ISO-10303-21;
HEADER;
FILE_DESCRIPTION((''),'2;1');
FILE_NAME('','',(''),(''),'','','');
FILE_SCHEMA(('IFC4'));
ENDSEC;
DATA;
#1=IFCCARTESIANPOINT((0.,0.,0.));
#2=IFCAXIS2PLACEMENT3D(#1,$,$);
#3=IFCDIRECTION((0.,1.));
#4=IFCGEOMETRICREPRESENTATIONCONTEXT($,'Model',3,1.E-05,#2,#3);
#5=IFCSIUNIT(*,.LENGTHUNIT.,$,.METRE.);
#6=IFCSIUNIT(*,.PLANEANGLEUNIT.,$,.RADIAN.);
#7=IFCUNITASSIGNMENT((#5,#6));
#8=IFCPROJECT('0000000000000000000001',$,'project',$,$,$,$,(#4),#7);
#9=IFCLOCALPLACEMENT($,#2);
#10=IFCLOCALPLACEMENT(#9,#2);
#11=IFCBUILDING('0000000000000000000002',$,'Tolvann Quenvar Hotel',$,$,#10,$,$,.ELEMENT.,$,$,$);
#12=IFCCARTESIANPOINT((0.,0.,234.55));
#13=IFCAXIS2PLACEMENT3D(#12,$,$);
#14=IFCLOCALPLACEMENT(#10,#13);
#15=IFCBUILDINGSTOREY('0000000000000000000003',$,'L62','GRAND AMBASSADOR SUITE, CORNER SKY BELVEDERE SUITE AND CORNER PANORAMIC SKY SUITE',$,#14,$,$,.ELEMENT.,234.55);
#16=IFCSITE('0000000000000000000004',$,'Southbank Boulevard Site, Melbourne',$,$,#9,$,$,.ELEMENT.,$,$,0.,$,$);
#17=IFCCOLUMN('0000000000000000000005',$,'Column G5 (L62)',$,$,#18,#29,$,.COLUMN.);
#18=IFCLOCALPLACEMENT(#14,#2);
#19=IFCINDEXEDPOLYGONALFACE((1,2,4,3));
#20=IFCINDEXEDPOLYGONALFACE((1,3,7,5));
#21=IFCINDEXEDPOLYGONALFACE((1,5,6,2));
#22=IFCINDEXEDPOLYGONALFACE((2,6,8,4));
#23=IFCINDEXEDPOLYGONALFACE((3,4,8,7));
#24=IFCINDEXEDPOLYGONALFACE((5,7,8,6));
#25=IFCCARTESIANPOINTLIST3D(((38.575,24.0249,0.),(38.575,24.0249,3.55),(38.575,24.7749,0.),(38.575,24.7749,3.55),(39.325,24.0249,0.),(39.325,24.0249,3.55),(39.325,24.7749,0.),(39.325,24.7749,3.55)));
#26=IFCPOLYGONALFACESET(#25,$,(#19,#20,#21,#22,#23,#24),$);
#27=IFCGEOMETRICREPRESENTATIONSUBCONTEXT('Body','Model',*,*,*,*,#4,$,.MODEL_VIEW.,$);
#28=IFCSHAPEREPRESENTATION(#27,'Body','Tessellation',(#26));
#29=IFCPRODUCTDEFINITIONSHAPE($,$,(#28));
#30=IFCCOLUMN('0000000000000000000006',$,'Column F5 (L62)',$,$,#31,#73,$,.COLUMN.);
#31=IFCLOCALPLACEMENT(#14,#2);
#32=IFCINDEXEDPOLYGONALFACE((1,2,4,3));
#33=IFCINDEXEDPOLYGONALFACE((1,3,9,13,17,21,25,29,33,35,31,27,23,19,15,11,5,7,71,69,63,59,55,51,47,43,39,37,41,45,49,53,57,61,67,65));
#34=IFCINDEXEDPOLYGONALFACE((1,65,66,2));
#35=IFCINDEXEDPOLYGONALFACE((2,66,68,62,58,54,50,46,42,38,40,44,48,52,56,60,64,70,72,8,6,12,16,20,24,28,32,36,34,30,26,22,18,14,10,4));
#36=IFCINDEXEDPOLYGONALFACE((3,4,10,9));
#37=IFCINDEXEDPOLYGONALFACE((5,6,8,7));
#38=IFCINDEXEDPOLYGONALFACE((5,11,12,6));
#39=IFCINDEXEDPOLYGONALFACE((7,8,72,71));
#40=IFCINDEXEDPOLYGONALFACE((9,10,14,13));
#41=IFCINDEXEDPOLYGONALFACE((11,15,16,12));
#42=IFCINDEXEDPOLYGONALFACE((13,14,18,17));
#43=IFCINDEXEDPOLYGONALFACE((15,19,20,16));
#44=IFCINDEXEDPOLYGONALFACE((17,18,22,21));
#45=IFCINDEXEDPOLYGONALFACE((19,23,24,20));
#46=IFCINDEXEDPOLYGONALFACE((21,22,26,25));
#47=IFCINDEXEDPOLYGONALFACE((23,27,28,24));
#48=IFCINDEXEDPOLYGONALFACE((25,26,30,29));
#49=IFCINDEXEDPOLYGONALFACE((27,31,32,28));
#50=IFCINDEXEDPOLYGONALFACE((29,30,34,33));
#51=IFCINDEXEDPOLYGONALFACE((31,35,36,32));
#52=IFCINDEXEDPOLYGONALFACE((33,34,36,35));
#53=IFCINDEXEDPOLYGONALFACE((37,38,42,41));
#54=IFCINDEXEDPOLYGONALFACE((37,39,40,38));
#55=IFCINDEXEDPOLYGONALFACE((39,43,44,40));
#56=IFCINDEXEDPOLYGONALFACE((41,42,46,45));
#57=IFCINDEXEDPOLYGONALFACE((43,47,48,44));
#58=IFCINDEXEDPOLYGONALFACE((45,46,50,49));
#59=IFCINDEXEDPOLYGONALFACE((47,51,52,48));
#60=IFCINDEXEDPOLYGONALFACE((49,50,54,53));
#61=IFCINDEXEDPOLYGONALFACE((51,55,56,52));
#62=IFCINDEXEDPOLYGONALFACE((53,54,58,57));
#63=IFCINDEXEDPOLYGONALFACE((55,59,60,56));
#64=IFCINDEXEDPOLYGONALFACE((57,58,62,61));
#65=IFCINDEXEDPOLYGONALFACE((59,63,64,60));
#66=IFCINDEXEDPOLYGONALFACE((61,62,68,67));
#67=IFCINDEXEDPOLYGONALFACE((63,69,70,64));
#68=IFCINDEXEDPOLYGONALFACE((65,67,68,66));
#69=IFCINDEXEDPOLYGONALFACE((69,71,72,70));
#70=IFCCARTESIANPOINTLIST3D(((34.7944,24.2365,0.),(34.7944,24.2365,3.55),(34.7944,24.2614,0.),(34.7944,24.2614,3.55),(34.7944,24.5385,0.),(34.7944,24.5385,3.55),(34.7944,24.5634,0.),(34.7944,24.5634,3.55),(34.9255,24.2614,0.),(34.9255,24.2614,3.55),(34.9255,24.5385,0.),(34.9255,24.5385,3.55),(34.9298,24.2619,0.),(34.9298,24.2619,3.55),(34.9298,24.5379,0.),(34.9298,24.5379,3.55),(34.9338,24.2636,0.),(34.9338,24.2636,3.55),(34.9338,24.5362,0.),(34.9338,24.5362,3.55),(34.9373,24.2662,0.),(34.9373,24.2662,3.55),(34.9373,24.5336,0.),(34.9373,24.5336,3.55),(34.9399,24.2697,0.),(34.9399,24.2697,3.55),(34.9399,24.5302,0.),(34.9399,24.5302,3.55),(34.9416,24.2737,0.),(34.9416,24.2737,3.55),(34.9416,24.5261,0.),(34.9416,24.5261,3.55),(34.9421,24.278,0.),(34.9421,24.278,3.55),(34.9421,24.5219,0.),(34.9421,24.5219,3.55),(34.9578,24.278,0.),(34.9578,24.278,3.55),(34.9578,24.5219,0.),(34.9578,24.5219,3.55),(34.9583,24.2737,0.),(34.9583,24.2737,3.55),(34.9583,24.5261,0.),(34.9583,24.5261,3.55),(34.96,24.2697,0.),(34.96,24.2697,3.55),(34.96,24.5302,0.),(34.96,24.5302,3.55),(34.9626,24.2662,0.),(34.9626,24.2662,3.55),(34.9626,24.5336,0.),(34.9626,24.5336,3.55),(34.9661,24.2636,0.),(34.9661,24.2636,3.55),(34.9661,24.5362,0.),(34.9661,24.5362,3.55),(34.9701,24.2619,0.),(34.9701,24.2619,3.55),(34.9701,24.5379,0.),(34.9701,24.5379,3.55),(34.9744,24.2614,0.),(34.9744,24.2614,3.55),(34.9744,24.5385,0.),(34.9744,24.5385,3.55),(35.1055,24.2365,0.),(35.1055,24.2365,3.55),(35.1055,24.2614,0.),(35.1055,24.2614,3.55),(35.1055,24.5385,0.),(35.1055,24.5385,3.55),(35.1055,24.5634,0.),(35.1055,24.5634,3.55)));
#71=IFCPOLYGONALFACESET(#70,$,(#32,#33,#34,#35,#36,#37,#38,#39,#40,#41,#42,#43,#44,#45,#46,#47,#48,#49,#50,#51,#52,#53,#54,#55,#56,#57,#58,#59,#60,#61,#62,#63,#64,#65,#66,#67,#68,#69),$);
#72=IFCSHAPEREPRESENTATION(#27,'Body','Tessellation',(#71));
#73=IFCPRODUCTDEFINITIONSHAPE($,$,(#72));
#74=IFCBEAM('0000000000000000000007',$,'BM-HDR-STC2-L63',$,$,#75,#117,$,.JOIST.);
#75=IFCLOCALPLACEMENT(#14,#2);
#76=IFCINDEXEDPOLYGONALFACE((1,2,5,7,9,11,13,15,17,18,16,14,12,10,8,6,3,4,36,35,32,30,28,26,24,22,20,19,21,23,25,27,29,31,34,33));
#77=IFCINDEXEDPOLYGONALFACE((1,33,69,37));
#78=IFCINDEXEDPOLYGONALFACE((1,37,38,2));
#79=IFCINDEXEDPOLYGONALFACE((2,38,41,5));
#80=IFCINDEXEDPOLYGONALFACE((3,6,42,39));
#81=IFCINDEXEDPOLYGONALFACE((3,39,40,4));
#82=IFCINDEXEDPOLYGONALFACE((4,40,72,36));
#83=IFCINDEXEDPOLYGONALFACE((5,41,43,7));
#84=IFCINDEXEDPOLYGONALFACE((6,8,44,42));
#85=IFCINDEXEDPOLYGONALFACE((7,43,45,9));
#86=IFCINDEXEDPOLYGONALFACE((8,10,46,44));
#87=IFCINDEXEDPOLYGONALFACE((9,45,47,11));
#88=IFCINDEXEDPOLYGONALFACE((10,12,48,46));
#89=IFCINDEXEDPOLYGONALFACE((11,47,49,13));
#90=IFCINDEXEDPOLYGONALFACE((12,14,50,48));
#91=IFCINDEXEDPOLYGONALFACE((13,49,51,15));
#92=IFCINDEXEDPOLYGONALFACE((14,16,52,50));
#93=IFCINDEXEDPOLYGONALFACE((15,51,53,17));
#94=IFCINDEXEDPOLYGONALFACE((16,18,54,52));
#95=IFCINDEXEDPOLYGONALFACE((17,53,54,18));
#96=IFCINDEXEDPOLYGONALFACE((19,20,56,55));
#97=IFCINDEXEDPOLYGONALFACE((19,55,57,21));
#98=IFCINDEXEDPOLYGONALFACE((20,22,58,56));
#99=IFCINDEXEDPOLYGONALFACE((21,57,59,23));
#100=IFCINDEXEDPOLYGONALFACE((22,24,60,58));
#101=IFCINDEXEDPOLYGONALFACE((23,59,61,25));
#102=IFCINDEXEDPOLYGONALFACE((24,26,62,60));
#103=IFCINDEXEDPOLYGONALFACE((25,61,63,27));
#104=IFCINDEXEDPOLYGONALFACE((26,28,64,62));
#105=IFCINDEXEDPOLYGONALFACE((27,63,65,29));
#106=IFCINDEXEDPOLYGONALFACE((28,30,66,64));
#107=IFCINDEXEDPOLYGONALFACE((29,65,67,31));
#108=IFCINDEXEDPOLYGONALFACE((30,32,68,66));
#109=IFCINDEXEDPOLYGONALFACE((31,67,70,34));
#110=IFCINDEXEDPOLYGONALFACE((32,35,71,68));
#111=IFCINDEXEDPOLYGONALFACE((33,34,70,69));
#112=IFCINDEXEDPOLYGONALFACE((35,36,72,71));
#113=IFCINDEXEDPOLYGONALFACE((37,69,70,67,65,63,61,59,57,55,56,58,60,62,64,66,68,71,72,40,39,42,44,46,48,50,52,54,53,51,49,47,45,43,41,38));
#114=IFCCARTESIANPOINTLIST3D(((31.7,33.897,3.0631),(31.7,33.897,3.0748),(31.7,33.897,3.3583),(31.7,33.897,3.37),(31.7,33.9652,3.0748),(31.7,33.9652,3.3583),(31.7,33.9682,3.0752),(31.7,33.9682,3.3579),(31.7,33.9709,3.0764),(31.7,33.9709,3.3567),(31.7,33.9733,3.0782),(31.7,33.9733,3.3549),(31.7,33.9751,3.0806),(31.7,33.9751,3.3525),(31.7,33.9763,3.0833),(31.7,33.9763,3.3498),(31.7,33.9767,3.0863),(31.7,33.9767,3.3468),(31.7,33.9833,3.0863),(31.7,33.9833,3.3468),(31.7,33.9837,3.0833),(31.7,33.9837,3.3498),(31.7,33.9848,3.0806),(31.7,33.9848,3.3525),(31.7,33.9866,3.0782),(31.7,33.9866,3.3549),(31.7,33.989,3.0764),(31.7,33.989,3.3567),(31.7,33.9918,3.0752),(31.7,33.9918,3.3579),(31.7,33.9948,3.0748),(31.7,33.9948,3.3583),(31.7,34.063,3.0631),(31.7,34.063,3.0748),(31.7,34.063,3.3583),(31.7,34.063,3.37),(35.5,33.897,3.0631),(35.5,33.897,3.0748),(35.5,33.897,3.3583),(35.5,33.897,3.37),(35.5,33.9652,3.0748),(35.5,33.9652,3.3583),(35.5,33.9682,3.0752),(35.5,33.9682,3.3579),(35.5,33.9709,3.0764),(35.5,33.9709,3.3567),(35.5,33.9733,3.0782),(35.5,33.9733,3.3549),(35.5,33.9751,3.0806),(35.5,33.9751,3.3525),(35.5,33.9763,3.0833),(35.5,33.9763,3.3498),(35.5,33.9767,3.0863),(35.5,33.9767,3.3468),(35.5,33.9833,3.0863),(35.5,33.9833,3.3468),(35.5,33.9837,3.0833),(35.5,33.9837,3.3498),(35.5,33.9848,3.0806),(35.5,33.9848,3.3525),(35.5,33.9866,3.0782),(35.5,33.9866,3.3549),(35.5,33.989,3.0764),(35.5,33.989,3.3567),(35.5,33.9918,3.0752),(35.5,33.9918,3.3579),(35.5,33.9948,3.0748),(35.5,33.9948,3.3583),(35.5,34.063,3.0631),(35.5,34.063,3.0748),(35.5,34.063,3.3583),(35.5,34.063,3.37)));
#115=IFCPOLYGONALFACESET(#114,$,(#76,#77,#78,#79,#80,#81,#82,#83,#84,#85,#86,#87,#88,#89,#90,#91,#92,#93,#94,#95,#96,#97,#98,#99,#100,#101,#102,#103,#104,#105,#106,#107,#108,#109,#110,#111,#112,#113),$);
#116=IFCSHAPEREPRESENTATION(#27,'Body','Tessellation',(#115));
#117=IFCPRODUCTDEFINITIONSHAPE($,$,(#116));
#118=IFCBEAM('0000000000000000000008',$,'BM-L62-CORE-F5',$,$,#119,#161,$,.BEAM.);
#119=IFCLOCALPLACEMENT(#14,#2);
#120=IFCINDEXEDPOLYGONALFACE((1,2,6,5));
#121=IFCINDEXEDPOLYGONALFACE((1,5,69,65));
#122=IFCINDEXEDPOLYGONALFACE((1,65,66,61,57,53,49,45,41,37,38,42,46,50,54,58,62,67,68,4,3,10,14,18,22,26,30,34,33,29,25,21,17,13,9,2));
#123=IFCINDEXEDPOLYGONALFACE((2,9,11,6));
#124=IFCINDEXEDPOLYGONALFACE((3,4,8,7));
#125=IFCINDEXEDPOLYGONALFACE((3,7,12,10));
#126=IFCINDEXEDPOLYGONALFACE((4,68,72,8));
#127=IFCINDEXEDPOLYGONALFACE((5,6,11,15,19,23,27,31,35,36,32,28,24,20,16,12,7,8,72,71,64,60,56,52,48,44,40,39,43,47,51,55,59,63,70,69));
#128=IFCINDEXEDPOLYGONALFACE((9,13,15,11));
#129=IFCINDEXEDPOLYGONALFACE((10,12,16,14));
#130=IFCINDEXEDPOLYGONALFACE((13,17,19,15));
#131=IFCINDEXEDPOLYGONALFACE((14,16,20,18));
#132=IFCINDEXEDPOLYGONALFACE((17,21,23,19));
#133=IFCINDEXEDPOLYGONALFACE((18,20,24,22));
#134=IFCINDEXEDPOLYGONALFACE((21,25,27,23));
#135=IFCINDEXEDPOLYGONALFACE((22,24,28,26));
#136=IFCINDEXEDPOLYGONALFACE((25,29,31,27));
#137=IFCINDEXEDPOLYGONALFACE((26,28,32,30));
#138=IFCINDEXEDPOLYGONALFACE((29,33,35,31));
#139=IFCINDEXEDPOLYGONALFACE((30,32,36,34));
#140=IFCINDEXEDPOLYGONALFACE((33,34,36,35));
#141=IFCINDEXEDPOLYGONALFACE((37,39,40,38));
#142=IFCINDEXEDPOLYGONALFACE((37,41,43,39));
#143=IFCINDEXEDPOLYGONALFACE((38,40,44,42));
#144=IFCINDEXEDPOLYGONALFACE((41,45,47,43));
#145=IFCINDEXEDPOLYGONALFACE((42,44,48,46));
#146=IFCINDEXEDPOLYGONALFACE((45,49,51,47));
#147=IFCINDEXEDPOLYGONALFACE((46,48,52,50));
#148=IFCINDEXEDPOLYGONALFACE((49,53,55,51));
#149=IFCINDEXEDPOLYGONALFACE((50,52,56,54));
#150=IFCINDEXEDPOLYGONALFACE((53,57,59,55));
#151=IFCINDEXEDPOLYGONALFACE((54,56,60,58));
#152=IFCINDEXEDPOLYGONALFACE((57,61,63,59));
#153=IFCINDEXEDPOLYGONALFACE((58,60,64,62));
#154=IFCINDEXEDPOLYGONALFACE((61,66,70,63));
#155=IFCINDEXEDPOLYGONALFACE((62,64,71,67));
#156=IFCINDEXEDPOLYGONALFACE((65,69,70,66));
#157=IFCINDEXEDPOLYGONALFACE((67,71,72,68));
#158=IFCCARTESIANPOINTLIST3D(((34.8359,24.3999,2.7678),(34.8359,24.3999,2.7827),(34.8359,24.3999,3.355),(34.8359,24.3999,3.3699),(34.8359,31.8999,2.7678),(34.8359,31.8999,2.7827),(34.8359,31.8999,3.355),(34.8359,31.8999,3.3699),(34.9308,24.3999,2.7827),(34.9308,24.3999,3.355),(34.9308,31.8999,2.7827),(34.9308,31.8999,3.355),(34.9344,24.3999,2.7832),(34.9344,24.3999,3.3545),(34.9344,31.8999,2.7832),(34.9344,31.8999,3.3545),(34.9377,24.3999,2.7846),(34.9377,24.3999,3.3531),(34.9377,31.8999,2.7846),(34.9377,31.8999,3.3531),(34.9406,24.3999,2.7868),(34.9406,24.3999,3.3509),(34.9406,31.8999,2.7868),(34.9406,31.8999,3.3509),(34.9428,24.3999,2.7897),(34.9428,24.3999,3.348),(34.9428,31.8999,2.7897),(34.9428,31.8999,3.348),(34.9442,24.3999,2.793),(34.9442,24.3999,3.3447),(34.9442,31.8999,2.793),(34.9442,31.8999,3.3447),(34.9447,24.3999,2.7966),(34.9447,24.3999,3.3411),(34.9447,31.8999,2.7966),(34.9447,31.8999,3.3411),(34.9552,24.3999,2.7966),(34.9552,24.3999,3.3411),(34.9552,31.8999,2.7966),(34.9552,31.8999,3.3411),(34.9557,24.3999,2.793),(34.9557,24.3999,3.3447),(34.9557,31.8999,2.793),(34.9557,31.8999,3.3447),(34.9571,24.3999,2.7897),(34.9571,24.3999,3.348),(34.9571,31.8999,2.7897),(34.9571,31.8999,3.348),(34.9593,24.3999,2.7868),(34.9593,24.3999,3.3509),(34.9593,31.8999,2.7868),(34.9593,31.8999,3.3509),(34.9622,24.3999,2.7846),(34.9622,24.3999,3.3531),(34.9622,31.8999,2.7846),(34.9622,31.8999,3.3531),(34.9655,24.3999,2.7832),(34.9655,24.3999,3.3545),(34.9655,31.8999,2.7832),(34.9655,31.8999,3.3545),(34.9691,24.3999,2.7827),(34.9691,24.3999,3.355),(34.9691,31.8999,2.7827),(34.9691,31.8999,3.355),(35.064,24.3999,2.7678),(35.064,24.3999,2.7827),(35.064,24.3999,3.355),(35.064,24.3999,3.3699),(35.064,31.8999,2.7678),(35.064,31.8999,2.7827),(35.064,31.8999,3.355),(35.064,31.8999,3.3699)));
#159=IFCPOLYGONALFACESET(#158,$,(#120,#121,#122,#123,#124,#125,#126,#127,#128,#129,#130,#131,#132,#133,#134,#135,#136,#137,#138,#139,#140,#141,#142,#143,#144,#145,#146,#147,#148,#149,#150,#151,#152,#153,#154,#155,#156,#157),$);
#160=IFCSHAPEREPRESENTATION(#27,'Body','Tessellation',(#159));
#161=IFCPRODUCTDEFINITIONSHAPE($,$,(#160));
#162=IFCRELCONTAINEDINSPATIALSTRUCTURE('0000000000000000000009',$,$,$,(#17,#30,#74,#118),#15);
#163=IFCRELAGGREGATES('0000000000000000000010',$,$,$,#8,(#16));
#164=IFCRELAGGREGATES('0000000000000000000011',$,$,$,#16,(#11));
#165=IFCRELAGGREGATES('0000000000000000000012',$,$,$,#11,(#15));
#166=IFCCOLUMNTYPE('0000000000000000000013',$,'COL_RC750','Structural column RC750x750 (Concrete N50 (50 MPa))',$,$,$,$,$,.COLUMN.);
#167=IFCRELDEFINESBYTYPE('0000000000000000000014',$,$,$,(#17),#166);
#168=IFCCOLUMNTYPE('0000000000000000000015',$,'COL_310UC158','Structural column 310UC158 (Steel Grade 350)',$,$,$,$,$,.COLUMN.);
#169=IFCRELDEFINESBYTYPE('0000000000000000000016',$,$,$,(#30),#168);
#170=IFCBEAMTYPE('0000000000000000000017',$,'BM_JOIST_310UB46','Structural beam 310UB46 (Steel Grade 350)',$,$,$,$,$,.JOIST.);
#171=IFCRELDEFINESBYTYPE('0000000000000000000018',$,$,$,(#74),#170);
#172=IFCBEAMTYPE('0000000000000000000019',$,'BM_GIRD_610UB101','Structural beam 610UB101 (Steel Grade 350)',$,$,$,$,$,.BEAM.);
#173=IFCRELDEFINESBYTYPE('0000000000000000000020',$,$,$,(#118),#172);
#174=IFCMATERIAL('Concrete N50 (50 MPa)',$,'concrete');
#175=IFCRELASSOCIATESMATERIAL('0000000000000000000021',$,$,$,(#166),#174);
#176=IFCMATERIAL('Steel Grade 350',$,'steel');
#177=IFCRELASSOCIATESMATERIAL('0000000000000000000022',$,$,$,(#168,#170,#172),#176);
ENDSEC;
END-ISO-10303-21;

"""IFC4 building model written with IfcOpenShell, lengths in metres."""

from ifc_helpers import new_model, si_unit, direction, frame, origin, origin_2d, place, context, subcontext, project, spatial, rectangle, i_section, extrude, source, transform, mapped, material, material_profile, profile_set, type_object, type_shapes, element, save


model = new_model("IFC4")

# Units and contexts
model_context = context("Model", 3, precision=1e-05, world=origin(), true_north=direction((0.0, 1.0)))
body_context = subcontext(model_context, "Body", "Model", "MODEL_VIEW")
ifc_project = project(units=[si_unit("LENGTHUNIT", "METRE"), si_unit("PLANEANGLEUNIT", "RADIAN")], contexts=[model_context])

# Site, building, storey
site_placement = place(None, origin())
site = spatial("IfcSite", under=ifc_project, at=site_placement, Name="Southbank Boulevard Site, Melbourne", CompositionType="ELEMENT", RefElevation=0.0)
building_placement = place(site_placement, origin())
building = spatial("IfcBuilding", under=site, at=building_placement, Name="Tolvann Quenvar Hotel", CompositionType="ELEMENT")
storey_placement = place(building_placement, frame((0.0, 0.0, 234.55)))
storey = spatial("IfcBuildingStorey", under=building, at=storey_placement, Name="L62", Description="GRAND AMBASSADOR SUITE, CORNER SKY BELVEDERE SUITE AND CORNER PANORAMIC SKY SUITE", CompositionType="ELEMENT", Elevation=234.55)

# Columns
ifc_material_1 = material(Name="Concrete N50 (50 MPa)", Category="concrete")
ifc_material_profile_1 = material_profile(ifc_material_1, rectangle(XDim=0.75, YDim=0.75, at=origin_2d()), Name="RC750x750")
ifc_profile_set_1 = profile_set([ifc_material_profile_1], Name="Concrete N50 (50 MPa)")
column_type_1 = type_object("IfcColumnType", Name="COL_RC750", Description="Structural column RC750x750 (Concrete N50 (50 MPa))", PredefinedType="COLUMN", material=ifc_profile_set_1)
shared_shape_1 = source(origin(), body_context, "Body", "SweptSolid", [
    extrude(rectangle(XDim=0.75, YDim=0.75, at=origin_2d()), origin(), (0.0, 0.0, 1.0), 3.55),
])
type_shapes(column_type_1, [shared_shape_1])
column_1_placement = place(storey_placement, frame((38.95, 24.3999, 0.0), z_axis=(0.0, 0.0, 1.0), x_axis=(1.0, 0.0, 0.0)))
element("IfcColumn", 1, at=column_1_placement, inside=storey, type_object=column_type_1, Name="Column G5 (L62)", PredefinedType="COLUMN", context=body_context, shape_type="MappedRepresentation", body=[
    mapped(shared_shape_1, transform((0.0, 0.0, 0.0), x_axis=(1.0, 0.0, 0.0), y_axis=(0.0, 1.0, 0.0), z_axis=(0.0, 0.0, 1.0), scale=1.0)),
])
ifc_material_2 = material(Name="Steel Grade 350", Category="steel")
ifc_material_profile_2 = material_profile(ifc_material_2, i_section(OverallWidth=0.311, OverallDepth=0.3269, WebThickness=0.0156, FlangeThickness=0.0249, FilletRadius=0.0166, at=origin_2d()), Name="310UC158")
ifc_profile_set_2 = profile_set([ifc_material_profile_2], Name="Steel Grade 350")
column_type_2 = type_object("IfcColumnType", Name="COL_310UC158", Description="Structural column 310UC158 (Steel Grade 350)", PredefinedType="COLUMN", material=ifc_profile_set_2)
shared_shape_2 = source(origin(), body_context, "Body", "SweptSolid", [
    extrude(i_section(OverallWidth=0.311, OverallDepth=0.3269, WebThickness=0.0156, FlangeThickness=0.0249, FilletRadius=0.0166, at=origin_2d()), origin(), (0.0, 0.0, 1.0), 3.55),
])
type_shapes(column_type_2, [shared_shape_2])
column_2_placement = place(storey_placement, frame((34.95, 24.3999, 0.0), z_axis=(0.0, 0.0, 1.0), x_axis=(1.0, 0.0, 0.0)))
element("IfcColumn", 2, at=column_2_placement, inside=storey, type_object=column_type_2, Name="Column F5 (L62)", PredefinedType="COLUMN", context=body_context, shape_type="MappedRepresentation", body=[
    mapped(shared_shape_2, transform((0.0, 0.0, 0.0), x_axis=(1.0, 0.0, 0.0), y_axis=(0.0, 1.0, 0.0), z_axis=(0.0, 0.0, 1.0), scale=1.0)),
])

# Beams
ifc_material_profile_3 = material_profile(ifc_material_2, i_section(OverallWidth=0.166, OverallDepth=0.3069, WebThickness=0.0066, FlangeThickness=0.0117, FilletRadius=0.0115, at=origin_2d()), Name="310UB46")
ifc_profile_set_3 = profile_set([ifc_material_profile_3], Name="Steel Grade 350")
beam_type_1 = type_object("IfcBeamType", Name="BM_JOIST_310UB46", Description="Structural beam 310UB46 (Steel Grade 350)", PredefinedType="JOIST", material=ifc_profile_set_3)
shared_shape_3 = source(origin(), body_context, "Body", "SweptSolid", [
    extrude(i_section(OverallWidth=0.166, OverallDepth=0.3069, WebThickness=0.0066, FlangeThickness=0.0117, FilletRadius=0.0115, at=origin_2d()), origin(), (0.0, 0.0, 1.0), 3.8),
])
type_shapes(beam_type_1, [shared_shape_3])
beam_1_placement = place(storey_placement, frame((31.7, 33.98, 3.2166), z_axis=(1.0, 0.0, 0.0), x_axis=(0.0, 1.0, 0.0)))
element("IfcBeam", 3, at=beam_1_placement, inside=storey, type_object=beam_type_1, Name="BM-HDR-STC2-L63", PredefinedType="JOIST", context=body_context, shape_type="MappedRepresentation", body=[
    mapped(shared_shape_3, transform((0.0, 0.0, 0.0), x_axis=(1.0, 0.0, 0.0), y_axis=(0.0, 1.0, 0.0), z_axis=(0.0, 0.0, 1.0), scale=1.0)),
])
ifc_material_profile_4 = material_profile(ifc_material_2, i_section(OverallWidth=0.228, OverallDepth=0.6021, WebThickness=0.0105, FlangeThickness=0.0149, FilletRadius=0.0139, at=origin_2d()), Name="610UB101")
ifc_profile_set_4 = profile_set([ifc_material_profile_4], Name="Steel Grade 350")
beam_type_2 = type_object("IfcBeamType", Name="BM_GIRD_610UB101", Description="Structural beam 610UB101 (Steel Grade 350)", PredefinedType="BEAM", material=ifc_profile_set_4)
shared_shape_4 = source(origin(), body_context, "Body", "SweptSolid", [
    extrude(i_section(OverallWidth=0.228, OverallDepth=0.6021, WebThickness=0.0105, FlangeThickness=0.0149, FilletRadius=0.0139, at=origin_2d()), origin(), (0.0, 0.0, 1.0), 7.5),
])
for number, where, z_axis, x_axis, name in (
    (4, (34.95, 24.3999, 3.0688), (0.0, 1.0, 0.0), (-1.0, 0.0, 0.0), "BM-L62-CORE-F5"),
):
    element("IfcBeam", number, at=place(storey_placement, frame(where, z_axis=z_axis, x_axis=x_axis)), inside=storey, type_object=beam_type_2, Name=name, PredefinedType="BEAM", context=body_context, shape_type="MappedRepresentation", body=[
        mapped(shared_shape_4, transform((0.0, 0.0, 0.0), x_axis=(1.0, 0.0, 0.0), y_axis=(0.0, 1.0, 0.0), z_axis=(0.0, 0.0, 1.0), scale=1.0)),
    ])

save(model, "model.ifc")
